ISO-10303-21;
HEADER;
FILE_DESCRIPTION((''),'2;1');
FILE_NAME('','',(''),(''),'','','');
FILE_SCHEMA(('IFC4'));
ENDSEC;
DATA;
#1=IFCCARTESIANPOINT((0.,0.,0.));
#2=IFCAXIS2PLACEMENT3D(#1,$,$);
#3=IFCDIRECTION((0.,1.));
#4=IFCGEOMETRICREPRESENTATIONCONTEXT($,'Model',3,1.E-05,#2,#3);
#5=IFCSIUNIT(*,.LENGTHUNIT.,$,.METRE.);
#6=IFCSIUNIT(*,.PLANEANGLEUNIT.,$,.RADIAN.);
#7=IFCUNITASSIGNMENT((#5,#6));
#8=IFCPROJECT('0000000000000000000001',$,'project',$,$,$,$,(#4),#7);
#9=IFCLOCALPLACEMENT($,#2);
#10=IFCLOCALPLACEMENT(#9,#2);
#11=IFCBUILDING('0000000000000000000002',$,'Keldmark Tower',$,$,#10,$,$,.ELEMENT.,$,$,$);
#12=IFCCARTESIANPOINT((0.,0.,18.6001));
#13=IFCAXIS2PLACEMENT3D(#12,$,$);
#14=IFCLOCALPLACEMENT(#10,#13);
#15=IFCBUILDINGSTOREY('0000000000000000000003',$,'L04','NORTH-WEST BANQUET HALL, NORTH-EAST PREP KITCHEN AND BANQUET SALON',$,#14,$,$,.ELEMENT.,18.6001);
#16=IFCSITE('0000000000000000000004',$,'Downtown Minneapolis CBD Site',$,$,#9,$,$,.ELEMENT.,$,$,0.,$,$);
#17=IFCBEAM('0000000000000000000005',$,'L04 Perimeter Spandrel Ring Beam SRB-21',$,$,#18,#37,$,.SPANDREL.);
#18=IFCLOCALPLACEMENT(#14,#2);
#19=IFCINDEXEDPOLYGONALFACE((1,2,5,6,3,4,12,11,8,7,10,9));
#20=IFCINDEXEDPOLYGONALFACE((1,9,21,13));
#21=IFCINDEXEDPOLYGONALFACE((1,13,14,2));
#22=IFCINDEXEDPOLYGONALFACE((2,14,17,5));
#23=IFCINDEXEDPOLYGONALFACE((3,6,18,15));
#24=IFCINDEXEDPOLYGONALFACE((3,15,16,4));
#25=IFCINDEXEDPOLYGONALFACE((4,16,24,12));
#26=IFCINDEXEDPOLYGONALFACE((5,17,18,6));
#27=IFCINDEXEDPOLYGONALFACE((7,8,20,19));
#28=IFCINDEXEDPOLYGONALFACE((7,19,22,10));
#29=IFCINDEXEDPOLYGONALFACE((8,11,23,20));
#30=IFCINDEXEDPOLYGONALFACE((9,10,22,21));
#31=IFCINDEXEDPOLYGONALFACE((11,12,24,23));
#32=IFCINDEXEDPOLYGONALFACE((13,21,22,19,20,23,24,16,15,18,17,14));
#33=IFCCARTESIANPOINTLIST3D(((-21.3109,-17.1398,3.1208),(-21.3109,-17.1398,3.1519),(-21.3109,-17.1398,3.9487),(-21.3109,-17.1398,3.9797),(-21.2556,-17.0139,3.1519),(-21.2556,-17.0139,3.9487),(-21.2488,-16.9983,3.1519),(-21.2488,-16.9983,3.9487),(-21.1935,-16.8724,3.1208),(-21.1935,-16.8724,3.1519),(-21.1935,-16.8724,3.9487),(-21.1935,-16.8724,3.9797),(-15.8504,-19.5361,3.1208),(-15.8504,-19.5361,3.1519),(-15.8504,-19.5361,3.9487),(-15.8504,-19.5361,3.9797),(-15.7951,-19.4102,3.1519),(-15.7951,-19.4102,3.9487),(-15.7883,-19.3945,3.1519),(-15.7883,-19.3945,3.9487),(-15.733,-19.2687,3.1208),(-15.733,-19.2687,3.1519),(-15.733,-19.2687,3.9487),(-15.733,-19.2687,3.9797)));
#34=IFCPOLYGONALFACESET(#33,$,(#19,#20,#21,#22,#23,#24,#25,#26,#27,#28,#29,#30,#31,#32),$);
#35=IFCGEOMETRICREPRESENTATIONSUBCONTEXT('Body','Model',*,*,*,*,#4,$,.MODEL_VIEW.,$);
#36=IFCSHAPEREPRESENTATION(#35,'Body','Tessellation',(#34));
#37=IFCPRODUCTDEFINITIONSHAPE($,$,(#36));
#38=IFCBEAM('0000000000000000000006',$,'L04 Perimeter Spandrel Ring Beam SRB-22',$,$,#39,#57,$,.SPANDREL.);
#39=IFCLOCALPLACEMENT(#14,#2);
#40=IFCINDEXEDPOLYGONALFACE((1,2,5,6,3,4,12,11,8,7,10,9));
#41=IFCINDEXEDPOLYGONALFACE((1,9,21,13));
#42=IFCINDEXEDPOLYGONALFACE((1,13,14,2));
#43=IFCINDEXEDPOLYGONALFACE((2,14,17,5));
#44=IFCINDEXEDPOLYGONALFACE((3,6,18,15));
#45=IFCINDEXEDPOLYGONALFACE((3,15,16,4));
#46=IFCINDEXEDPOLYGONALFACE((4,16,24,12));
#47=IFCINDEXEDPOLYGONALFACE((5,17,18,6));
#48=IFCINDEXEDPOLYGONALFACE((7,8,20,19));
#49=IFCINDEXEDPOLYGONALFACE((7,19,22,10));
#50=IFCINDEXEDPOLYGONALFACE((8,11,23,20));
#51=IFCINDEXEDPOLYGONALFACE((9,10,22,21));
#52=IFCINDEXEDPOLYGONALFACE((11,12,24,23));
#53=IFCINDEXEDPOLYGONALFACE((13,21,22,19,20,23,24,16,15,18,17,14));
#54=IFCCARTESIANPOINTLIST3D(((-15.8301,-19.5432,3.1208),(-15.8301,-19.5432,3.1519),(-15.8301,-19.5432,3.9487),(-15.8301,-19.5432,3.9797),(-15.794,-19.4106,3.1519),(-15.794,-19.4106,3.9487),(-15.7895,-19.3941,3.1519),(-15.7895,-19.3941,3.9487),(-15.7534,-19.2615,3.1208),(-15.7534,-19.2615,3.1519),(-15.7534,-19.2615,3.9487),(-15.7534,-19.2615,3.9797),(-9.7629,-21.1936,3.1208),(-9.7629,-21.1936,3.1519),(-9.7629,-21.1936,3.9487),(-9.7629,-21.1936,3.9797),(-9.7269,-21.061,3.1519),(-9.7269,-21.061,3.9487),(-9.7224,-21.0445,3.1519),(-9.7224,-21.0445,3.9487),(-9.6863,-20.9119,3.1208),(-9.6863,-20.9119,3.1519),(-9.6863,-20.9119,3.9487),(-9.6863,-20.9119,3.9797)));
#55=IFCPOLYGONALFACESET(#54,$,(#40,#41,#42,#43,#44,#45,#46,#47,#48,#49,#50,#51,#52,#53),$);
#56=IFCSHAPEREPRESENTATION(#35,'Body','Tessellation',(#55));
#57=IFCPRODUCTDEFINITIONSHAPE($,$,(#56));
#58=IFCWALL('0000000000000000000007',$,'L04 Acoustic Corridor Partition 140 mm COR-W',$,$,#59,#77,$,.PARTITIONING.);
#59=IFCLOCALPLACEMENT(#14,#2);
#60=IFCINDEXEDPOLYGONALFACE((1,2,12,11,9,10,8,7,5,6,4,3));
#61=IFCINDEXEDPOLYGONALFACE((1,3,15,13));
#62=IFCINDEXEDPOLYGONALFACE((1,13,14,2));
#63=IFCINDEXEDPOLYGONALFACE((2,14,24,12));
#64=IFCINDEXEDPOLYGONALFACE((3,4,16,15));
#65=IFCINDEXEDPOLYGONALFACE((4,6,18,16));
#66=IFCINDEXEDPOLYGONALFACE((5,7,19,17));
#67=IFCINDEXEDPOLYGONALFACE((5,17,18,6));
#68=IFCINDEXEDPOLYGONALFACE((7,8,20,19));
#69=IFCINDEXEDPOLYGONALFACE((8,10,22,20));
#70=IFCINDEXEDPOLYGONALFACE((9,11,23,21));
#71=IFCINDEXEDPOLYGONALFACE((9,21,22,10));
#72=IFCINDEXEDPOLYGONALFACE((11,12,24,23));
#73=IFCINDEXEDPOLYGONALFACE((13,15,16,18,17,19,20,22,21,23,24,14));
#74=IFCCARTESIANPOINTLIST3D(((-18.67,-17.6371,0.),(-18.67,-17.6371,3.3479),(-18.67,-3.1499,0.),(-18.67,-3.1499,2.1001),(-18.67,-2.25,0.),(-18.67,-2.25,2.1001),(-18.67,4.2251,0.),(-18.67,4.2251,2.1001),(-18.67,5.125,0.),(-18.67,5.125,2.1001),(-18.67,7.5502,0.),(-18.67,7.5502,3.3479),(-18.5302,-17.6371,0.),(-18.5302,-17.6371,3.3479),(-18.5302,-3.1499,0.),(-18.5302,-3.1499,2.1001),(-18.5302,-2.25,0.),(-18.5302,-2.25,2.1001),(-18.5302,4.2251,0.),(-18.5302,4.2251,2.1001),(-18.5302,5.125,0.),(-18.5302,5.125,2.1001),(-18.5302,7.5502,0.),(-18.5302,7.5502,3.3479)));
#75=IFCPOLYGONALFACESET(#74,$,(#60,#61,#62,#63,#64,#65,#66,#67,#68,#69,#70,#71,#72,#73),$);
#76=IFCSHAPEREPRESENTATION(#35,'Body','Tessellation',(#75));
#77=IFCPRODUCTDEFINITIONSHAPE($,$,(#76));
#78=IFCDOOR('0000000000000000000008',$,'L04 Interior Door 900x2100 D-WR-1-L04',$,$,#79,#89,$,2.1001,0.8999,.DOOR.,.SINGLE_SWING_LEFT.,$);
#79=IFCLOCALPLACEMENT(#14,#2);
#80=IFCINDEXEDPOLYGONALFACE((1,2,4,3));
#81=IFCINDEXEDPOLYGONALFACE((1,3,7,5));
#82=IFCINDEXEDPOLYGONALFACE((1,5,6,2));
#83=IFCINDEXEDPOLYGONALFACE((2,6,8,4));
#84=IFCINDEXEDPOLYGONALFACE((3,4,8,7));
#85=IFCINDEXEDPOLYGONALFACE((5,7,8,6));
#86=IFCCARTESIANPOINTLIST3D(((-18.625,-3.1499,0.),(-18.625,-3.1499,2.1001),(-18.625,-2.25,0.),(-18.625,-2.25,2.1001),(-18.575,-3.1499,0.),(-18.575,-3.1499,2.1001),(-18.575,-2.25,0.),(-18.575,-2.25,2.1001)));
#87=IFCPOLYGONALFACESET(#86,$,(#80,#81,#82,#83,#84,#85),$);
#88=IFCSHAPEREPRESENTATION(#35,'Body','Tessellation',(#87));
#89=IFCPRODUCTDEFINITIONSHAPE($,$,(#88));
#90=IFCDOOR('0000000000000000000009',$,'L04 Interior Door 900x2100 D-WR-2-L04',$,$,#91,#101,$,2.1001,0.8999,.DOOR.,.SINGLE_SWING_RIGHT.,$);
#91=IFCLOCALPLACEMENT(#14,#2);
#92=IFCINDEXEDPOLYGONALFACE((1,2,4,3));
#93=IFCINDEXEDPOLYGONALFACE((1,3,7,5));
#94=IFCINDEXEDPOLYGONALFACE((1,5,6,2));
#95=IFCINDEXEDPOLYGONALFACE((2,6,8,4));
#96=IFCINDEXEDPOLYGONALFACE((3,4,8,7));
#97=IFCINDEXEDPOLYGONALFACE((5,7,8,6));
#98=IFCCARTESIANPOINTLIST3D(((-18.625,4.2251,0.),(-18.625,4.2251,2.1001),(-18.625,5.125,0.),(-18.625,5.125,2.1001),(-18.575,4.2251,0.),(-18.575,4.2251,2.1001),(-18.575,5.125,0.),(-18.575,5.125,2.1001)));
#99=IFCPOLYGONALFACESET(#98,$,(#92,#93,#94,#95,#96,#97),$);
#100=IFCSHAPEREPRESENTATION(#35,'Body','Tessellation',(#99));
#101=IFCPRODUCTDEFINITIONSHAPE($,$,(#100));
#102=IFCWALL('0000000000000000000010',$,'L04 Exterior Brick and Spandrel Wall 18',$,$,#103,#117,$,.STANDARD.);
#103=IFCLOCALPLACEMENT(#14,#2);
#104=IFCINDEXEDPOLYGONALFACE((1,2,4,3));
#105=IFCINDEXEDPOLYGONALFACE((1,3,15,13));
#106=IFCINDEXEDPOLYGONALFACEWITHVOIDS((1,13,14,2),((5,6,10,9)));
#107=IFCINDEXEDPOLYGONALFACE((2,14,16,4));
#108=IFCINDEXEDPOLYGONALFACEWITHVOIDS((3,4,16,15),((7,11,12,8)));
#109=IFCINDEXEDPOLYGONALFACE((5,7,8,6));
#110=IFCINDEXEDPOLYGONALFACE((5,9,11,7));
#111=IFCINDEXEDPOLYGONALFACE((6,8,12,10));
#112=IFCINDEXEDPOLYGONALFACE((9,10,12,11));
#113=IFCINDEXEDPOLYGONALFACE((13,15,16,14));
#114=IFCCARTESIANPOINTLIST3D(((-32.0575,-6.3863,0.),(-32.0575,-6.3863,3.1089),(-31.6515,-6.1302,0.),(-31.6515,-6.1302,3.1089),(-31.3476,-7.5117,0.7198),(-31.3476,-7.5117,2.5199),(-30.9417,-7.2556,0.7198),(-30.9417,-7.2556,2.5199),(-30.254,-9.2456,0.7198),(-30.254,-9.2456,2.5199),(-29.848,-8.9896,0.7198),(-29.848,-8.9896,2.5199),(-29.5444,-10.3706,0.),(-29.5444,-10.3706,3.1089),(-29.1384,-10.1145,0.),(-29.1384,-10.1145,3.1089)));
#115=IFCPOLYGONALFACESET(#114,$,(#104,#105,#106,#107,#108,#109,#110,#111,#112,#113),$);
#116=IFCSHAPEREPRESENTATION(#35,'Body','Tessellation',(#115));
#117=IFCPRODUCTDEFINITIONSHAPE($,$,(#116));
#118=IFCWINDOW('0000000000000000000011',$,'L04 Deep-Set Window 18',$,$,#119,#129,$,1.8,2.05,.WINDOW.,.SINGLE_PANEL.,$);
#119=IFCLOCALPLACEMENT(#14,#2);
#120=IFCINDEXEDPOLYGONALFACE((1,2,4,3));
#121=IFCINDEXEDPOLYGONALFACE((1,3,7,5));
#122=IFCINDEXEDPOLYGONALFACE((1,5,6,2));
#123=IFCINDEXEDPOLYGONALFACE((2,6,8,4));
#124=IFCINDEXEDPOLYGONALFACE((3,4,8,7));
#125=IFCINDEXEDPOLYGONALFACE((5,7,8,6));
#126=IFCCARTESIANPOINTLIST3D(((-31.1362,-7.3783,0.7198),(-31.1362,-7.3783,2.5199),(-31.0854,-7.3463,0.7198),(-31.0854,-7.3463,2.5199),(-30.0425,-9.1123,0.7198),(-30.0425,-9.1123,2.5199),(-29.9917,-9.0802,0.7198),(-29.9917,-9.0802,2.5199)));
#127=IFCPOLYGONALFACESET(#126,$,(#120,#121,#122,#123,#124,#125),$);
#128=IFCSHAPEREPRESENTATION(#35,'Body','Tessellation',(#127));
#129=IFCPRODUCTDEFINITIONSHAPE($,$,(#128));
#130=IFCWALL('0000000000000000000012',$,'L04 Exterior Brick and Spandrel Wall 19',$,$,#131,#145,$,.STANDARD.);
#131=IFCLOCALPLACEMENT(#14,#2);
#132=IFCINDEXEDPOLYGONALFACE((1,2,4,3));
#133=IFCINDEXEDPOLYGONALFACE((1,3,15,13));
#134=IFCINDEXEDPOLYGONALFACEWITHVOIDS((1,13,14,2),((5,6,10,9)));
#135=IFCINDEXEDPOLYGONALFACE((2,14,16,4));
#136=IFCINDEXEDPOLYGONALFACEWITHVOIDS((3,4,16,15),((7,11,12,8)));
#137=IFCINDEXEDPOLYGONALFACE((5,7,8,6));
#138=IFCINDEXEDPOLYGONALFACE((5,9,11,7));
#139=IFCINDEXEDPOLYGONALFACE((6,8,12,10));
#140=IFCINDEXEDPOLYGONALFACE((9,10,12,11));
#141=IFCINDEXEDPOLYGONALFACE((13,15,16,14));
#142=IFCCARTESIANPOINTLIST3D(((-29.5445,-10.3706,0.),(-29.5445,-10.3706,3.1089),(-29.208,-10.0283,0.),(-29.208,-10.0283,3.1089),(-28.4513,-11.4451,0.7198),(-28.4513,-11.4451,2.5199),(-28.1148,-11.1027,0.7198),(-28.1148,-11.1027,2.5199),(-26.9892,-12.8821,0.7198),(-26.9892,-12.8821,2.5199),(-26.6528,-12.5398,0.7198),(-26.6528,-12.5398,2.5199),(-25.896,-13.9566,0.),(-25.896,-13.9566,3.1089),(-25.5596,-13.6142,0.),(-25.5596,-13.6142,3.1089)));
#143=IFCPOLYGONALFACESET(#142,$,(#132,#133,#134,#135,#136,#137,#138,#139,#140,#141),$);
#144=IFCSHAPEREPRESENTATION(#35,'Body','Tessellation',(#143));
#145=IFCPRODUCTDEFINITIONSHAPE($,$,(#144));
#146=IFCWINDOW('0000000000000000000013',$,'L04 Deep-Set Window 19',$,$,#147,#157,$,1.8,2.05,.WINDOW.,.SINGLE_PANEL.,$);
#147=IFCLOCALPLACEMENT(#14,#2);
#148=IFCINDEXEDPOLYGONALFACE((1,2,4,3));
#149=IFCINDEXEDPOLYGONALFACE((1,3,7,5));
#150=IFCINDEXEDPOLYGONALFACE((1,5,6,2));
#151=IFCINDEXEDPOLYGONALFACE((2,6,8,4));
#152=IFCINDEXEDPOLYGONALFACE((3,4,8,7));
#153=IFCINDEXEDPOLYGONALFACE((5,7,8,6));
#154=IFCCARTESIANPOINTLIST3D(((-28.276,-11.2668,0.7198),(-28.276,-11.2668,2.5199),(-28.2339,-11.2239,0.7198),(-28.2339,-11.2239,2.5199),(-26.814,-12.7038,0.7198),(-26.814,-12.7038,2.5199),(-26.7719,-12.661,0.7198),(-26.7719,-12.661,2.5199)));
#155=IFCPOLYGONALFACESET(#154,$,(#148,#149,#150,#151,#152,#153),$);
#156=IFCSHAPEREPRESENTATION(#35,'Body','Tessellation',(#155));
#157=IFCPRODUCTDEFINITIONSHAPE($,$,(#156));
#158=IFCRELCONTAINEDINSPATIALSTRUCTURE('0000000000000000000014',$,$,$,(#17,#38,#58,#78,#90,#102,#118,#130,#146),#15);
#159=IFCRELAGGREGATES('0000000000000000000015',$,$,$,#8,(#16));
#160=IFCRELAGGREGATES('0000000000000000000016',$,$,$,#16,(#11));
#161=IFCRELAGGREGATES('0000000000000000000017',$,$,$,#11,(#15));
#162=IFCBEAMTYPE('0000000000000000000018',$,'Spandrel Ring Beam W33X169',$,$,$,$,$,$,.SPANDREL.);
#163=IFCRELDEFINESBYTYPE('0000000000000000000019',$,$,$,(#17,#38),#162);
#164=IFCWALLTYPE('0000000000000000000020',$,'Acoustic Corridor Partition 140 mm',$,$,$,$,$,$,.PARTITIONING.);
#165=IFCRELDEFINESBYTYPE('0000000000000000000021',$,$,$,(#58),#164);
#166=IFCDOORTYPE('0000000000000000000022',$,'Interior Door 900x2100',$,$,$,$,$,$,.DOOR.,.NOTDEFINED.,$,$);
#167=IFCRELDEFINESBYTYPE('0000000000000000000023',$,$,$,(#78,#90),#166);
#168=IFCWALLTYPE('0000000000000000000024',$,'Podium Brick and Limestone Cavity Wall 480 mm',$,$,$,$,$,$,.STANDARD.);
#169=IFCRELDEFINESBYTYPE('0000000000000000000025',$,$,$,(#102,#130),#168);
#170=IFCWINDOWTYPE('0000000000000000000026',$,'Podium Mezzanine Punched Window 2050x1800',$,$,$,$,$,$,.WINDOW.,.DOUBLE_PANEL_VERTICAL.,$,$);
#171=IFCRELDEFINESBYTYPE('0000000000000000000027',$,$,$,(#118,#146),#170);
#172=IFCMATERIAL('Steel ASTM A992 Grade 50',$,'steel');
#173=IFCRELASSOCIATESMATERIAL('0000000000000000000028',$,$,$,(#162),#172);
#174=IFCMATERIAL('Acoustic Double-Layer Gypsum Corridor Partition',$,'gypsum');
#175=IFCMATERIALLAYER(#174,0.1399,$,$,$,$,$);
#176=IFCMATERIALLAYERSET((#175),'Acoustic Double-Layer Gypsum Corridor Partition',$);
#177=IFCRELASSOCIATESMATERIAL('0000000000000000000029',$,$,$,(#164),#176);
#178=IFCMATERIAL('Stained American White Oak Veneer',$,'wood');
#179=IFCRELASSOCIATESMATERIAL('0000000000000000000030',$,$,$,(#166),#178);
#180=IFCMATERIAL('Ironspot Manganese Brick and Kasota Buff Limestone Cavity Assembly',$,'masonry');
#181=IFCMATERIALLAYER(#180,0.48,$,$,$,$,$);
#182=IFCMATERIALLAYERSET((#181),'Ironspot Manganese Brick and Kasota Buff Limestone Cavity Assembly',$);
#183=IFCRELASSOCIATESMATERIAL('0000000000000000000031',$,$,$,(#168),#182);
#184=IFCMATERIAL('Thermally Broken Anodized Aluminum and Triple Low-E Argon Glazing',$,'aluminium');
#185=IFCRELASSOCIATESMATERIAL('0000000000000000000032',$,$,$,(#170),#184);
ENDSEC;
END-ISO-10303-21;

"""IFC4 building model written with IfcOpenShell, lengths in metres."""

from ifc_helpers import new_model, si_unit, direction, frame, frame_2d, origin, origin_2d, place, context, subcontext, project, spatial, rectangle, i_section, extrude, material, layer, layer_set, material_profile, profile_set, type_object, element, fill, save


model = new_model("IFC4")

# Units and contexts
model_context = context("Model", 3, precision=1e-05, world=origin(), true_north=direction((0.0, 1.0)))
body_context = subcontext(model_context, "Body", "Model", "MODEL_VIEW")
ifc_project = project(units=[si_unit("LENGTHUNIT", "METRE"), si_unit("PLANEANGLEUNIT", "RADIAN")], contexts=[model_context])

# Site, building, storey
site_placement = place(None, origin())
site = spatial("IfcSite", under=ifc_project, at=site_placement, Name="Downtown Minneapolis CBD Site", CompositionType="ELEMENT", RefElevation=0.0)
building_placement = place(site_placement, origin())
building = spatial("IfcBuilding", under=site, at=building_placement, Name="Keldmark Tower", CompositionType="ELEMENT")
storey_placement = place(building_placement, frame((0.0, 0.0, 18.6001)))
storey = spatial("IfcBuildingStorey", under=building, at=storey_placement, Name="L04", Description="NORTH-WEST BANQUET HALL, NORTH-EAST PREP KITCHEN AND BANQUET SALON", CompositionType="ELEMENT", Elevation=18.6001)

# Beams
ifc_material_1 = material(Name="Steel ASTM A992 Grade 50", Category="steel")
ifc_material_profile_1 = material_profile(ifc_material_1, i_section(OverallWidth=0.292, OverallDepth=0.8589, WebThickness=0.0171, FlangeThickness=0.031, at=origin_2d()), Name="W33X169")
ifc_profile_set_1 = profile_set([ifc_material_profile_1], Name="Steel ASTM A992 Grade 50")
beam_type_1 = type_object("IfcBeamType", Name="Spandrel Ring Beam W33X169", PredefinedType="SPANDREL", material=ifc_profile_set_1)
beam_1_placement = place(storey_placement, frame((-21.2522, -17.0061, 3.5503), z_axis=(0.915708, -0.401845, 0.0), x_axis=(0.401845, 0.915708, 0.0)))
element("IfcBeam", 1, at=beam_1_placement, inside=storey, type_object=beam_type_1, Name="L04 Perimeter Spandrel Ring Beam SRB-21", PredefinedType="SPANDREL", context=body_context, shape_type="SweptSolid", body=[
    extrude(i_section(OverallWidth=0.292, OverallDepth=0.8589, WebThickness=0.0171, FlangeThickness=0.031, at=origin_2d()), origin(), (0.0, 0.0, 1.0), 5.9631),
])
beam_2_placement = place(storey_placement, frame((-15.7917, -19.4023, 3.5503), z_axis=(0.964937, -0.262483, 0.0), x_axis=(0.262483, 0.964937, 0.0)))
element("IfcBeam", 2, at=beam_2_placement, inside=storey, type_object=beam_type_1, Name="L04 Perimeter Spandrel Ring Beam SRB-22", PredefinedType="SPANDREL", context=body_context, shape_type="SweptSolid", body=[
    extrude(i_section(OverallWidth=0.292, OverallDepth=0.8589, WebThickness=0.0171, FlangeThickness=0.031, at=origin_2d()), origin(), (0.0, 0.0, 1.0), 6.2876),
])

# Wall, openings, doors
ifc_material_2 = material(Name="Acoustic Double-Layer Gypsum Corridor Partition", Category="gypsum")
ifc_layer_1 = layer(ifc_material_2, 0.1399)
ifc_layer_set_1 = layer_set([ifc_layer_1], Name="Acoustic Double-Layer Gypsum Corridor Partition")
wall_type_1 = type_object("IfcWallType", Name="Acoustic Corridor Partition 140 mm", PredefinedType="PARTITIONING", material=ifc_layer_set_1)
wall_1_placement = place(storey_placement, frame((-18.6001, -17.6372, 0.0), z_axis=(0.0, 0.0, 1.0), x_axis=(0.0, 1.0, 0.0)))
wall_1 = element("IfcWall", 3, at=wall_1_placement, inside=storey, type_object=wall_type_1, Name="L04 Acoustic Corridor Partition 140 mm COR-W", PredefinedType="PARTITIONING", context=body_context, shape_type="SweptSolid", body=[
    extrude(rectangle(XDim=25.1873, YDim=0.1399, at=frame_2d((12.5938, 0.0))), origin(), (0.0, 0.0, 1.0), 3.3479),
])
opening_1_placement = place(wall_1_placement, frame((14.4873, 0.0, 0.0)))
opening_1 = element("IfcOpeningElement", 4, at=opening_1_placement, cuts=wall_1, PredefinedType="OPENING", context=body_context, shape_type="SweptSolid", body=[
    extrude(rectangle(XDim=0.8999, YDim=2.1001, at=frame_2d((0.45, 1.05))), frame((0.0, 0.0798, 0.0), z_axis=(0.0, -1.0, 0.0), x_axis=(1.0, 0.0, 0.0)), (0.0, 0.0, 1.0), 0.1599),
])
opening_2_placement = place(wall_1_placement, frame((21.8623, 0.0, 0.0)))
opening_2 = element("IfcOpeningElement", 5, at=opening_2_placement, cuts=wall_1, PredefinedType="OPENING", context=body_context, shape_type="SweptSolid", body=[
    extrude(rectangle(XDim=0.8999, YDim=2.1001, at=frame_2d((0.45, 1.05))), frame((0.0, 0.0798, 0.0), z_axis=(0.0, -1.0, 0.0), x_axis=(1.0, 0.0, 0.0)), (0.0, 0.0, 1.0), 0.1599),
])
ifc_material_3 = material(Name="Stained American White Oak Veneer", Category="wood")
door_type = type_object("IfcDoorType", Name="Interior Door 900x2100", OperationType="NOTDEFINED", PredefinedType="DOOR", material=ifc_material_3)
door_1_placement = place(opening_1_placement, origin())
door_1 = element("IfcDoor", 6, at=door_1_placement, inside=storey, type_object=door_type, Name="L04 Interior Door 900x2100 D-WR-1-L04", OperationType="SINGLE_SWING_LEFT", OverallHeight=2.1001, OverallWidth=0.8999, PredefinedType="DOOR", context=body_context, shape_type="SweptSolid", body=[
    extrude(rectangle(XDim=0.8999, YDim=2.1001, at=frame_2d((0.45, 1.05))), frame((0.0, 0.0249, 0.0), z_axis=(0.0, -1.0, 0.0), x_axis=(1.0, 0.0, 0.0)), (0.0, 0.0, 1.0), 0.05),
])
fill(opening_1, door_1)
door_2_placement = place(opening_2_placement, origin())
door_2 = element("IfcDoor", 7, at=door_2_placement, inside=storey, type_object=door_type, Name="L04 Interior Door 900x2100 D-WR-2-L04", OperationType="SINGLE_SWING_RIGHT", OverallHeight=2.1001, OverallWidth=0.8999, PredefinedType="DOOR", context=body_context, shape_type="SweptSolid", body=[
    extrude(rectangle(XDim=0.8999, YDim=2.1001, at=frame_2d((0.45, 1.05))), frame((0.0, 0.0249, 0.0), z_axis=(0.0, -1.0, 0.0), x_axis=(1.0, 0.0, 0.0)), (0.0, 0.0, 1.0), 0.05),
])
fill(opening_2, door_2)

# Walls, openings, windows
ifc_material_4 = material(Name="Ironspot Manganese Brick and Kasota Buff Limestone Cavity Assembly", Category="masonry")
ifc_layer_2 = layer(ifc_material_4, 0.48)
ifc_layer_set_2 = layer_set([ifc_layer_2], Name="Ironspot Manganese Brick and Kasota Buff Limestone Cavity Assembly")
wall_type_2 = type_object("IfcWallType", Name="Podium Brick and Limestone Cavity Wall 480 mm", PredefinedType="STANDARD", material=ifc_layer_set_2)
wall_2_placement = place(storey_placement, frame((-29.3413, -10.2427, 0.0), z_axis=(0.0, 0.0, 1.0), x_axis=(-0.533498, 0.845802, 0.0)))
wall_2 = element("IfcWall", 8, at=wall_2_placement, inside=storey, type_object=wall_type_2, Name="L04 Exterior Brick and Spandrel Wall 18", PredefinedType="STANDARD", context=body_context, shape_type="SweptSolid", body=[
    extrude(rectangle(XDim=4.7107, YDim=0.48, at=frame_2d((2.3555, 0.0))), origin(), (0.0, 0.0, 1.0), 3.1089),
])
opening_3_placement = place(wall_2_placement, frame((1.3303, 0.0, 0.72)))
opening_3 = element("IfcOpeningElement", 9, at=opening_3_placement, cuts=wall_2, PredefinedType="OPENING", context=body_context, shape_type="SweptSolid", body=[
    extrude(rectangle(XDim=2.05, YDim=1.8, at=frame_2d((1.0249, 0.8999))), frame((0.0, 0.25, 0.0), z_axis=(0.0, -1.0, 0.0), x_axis=(1.0, 0.0, 0.0)), (0.0, 0.0, 1.0), 0.5),
])
ifc_material_5 = material(Name="Thermally Broken Anodized Aluminum and Triple Low-E Argon Glazing", Category="aluminium")
window_type = type_object("IfcWindowType", Name="Podium Mezzanine Punched Window 2050x1800", PartitioningType="DOUBLE_PANEL_VERTICAL", PredefinedType="WINDOW", material=ifc_material_5)
window_1_placement = place(opening_3_placement, origin())
window_1 = element("IfcWindow", 10, at=window_1_placement, inside=storey, type_object=window_type, Name="L04 Deep-Set Window 18", OverallHeight=1.8, OverallWidth=2.05, PartitioningType="SINGLE_PANEL", PredefinedType="WINDOW", context=body_context, shape_type="SweptSolid", body=[
    extrude(rectangle(XDim=2.05, YDim=1.8, at=frame_2d((1.0249, 0.8999))), frame((0.0, -0.01, 0.0), z_axis=(0.0, -1.0, 0.0), x_axis=(1.0, 0.0, 0.0)), (0.0, 0.0, 1.0), 0.0601),
])
fill(opening_3, window_1)
wall_3_placement = place(storey_placement, frame((-25.7278, -13.7854, 0.0), z_axis=(0.0, 0.0, 1.0), x_axis=(-0.713189, 0.700972, 0.0)))
wall_3 = element("IfcWall", 11, at=wall_3_placement, inside=storey, type_object=wall_type_2, Name="L04 Exterior Brick and Spandrel Wall 19", PredefinedType="STANDARD", context=body_context, shape_type="SweptSolid", body=[
    extrude(rectangle(XDim=5.1157, YDim=0.48, at=frame_2d((2.5579, 0.0))), origin(), (0.0, 0.0, 1.0), 3.1089),
])
opening_4_placement = place(wall_3_placement, frame((1.533, 0.0, 0.72)))
opening_4 = element("IfcOpeningElement", 12, at=opening_4_placement, cuts=wall_3, PredefinedType="OPENING", context=body_context, shape_type="SweptSolid", body=[
    extrude(rectangle(XDim=2.05, YDim=1.8, at=frame_2d((1.0249, 0.8999))), frame((0.0, 0.25, 0.0), z_axis=(0.0, -1.0, 0.0), x_axis=(1.0, 0.0, 0.0)), (0.0, 0.0, 1.0), 0.5),
])
window_2_placement = place(opening_4_placement, origin())
window_2 = element("IfcWindow", 13, at=window_2_placement, inside=storey, type_object=window_type, Name="L04 Deep-Set Window 19", OverallHeight=1.8, OverallWidth=2.05, PartitioningType="SINGLE_PANEL", PredefinedType="WINDOW", context=body_context, shape_type="SweptSolid", body=[
    extrude(rectangle(XDim=2.05, YDim=1.8, at=frame_2d((1.0249, 0.8999))), frame((0.0, -0.01, 0.0), z_axis=(0.0, -1.0, 0.0), x_axis=(1.0, 0.0, 0.0)), (0.0, 0.0, 1.0), 0.0601),
])
fill(opening_4, window_2)

save(model, "model.ifc")
